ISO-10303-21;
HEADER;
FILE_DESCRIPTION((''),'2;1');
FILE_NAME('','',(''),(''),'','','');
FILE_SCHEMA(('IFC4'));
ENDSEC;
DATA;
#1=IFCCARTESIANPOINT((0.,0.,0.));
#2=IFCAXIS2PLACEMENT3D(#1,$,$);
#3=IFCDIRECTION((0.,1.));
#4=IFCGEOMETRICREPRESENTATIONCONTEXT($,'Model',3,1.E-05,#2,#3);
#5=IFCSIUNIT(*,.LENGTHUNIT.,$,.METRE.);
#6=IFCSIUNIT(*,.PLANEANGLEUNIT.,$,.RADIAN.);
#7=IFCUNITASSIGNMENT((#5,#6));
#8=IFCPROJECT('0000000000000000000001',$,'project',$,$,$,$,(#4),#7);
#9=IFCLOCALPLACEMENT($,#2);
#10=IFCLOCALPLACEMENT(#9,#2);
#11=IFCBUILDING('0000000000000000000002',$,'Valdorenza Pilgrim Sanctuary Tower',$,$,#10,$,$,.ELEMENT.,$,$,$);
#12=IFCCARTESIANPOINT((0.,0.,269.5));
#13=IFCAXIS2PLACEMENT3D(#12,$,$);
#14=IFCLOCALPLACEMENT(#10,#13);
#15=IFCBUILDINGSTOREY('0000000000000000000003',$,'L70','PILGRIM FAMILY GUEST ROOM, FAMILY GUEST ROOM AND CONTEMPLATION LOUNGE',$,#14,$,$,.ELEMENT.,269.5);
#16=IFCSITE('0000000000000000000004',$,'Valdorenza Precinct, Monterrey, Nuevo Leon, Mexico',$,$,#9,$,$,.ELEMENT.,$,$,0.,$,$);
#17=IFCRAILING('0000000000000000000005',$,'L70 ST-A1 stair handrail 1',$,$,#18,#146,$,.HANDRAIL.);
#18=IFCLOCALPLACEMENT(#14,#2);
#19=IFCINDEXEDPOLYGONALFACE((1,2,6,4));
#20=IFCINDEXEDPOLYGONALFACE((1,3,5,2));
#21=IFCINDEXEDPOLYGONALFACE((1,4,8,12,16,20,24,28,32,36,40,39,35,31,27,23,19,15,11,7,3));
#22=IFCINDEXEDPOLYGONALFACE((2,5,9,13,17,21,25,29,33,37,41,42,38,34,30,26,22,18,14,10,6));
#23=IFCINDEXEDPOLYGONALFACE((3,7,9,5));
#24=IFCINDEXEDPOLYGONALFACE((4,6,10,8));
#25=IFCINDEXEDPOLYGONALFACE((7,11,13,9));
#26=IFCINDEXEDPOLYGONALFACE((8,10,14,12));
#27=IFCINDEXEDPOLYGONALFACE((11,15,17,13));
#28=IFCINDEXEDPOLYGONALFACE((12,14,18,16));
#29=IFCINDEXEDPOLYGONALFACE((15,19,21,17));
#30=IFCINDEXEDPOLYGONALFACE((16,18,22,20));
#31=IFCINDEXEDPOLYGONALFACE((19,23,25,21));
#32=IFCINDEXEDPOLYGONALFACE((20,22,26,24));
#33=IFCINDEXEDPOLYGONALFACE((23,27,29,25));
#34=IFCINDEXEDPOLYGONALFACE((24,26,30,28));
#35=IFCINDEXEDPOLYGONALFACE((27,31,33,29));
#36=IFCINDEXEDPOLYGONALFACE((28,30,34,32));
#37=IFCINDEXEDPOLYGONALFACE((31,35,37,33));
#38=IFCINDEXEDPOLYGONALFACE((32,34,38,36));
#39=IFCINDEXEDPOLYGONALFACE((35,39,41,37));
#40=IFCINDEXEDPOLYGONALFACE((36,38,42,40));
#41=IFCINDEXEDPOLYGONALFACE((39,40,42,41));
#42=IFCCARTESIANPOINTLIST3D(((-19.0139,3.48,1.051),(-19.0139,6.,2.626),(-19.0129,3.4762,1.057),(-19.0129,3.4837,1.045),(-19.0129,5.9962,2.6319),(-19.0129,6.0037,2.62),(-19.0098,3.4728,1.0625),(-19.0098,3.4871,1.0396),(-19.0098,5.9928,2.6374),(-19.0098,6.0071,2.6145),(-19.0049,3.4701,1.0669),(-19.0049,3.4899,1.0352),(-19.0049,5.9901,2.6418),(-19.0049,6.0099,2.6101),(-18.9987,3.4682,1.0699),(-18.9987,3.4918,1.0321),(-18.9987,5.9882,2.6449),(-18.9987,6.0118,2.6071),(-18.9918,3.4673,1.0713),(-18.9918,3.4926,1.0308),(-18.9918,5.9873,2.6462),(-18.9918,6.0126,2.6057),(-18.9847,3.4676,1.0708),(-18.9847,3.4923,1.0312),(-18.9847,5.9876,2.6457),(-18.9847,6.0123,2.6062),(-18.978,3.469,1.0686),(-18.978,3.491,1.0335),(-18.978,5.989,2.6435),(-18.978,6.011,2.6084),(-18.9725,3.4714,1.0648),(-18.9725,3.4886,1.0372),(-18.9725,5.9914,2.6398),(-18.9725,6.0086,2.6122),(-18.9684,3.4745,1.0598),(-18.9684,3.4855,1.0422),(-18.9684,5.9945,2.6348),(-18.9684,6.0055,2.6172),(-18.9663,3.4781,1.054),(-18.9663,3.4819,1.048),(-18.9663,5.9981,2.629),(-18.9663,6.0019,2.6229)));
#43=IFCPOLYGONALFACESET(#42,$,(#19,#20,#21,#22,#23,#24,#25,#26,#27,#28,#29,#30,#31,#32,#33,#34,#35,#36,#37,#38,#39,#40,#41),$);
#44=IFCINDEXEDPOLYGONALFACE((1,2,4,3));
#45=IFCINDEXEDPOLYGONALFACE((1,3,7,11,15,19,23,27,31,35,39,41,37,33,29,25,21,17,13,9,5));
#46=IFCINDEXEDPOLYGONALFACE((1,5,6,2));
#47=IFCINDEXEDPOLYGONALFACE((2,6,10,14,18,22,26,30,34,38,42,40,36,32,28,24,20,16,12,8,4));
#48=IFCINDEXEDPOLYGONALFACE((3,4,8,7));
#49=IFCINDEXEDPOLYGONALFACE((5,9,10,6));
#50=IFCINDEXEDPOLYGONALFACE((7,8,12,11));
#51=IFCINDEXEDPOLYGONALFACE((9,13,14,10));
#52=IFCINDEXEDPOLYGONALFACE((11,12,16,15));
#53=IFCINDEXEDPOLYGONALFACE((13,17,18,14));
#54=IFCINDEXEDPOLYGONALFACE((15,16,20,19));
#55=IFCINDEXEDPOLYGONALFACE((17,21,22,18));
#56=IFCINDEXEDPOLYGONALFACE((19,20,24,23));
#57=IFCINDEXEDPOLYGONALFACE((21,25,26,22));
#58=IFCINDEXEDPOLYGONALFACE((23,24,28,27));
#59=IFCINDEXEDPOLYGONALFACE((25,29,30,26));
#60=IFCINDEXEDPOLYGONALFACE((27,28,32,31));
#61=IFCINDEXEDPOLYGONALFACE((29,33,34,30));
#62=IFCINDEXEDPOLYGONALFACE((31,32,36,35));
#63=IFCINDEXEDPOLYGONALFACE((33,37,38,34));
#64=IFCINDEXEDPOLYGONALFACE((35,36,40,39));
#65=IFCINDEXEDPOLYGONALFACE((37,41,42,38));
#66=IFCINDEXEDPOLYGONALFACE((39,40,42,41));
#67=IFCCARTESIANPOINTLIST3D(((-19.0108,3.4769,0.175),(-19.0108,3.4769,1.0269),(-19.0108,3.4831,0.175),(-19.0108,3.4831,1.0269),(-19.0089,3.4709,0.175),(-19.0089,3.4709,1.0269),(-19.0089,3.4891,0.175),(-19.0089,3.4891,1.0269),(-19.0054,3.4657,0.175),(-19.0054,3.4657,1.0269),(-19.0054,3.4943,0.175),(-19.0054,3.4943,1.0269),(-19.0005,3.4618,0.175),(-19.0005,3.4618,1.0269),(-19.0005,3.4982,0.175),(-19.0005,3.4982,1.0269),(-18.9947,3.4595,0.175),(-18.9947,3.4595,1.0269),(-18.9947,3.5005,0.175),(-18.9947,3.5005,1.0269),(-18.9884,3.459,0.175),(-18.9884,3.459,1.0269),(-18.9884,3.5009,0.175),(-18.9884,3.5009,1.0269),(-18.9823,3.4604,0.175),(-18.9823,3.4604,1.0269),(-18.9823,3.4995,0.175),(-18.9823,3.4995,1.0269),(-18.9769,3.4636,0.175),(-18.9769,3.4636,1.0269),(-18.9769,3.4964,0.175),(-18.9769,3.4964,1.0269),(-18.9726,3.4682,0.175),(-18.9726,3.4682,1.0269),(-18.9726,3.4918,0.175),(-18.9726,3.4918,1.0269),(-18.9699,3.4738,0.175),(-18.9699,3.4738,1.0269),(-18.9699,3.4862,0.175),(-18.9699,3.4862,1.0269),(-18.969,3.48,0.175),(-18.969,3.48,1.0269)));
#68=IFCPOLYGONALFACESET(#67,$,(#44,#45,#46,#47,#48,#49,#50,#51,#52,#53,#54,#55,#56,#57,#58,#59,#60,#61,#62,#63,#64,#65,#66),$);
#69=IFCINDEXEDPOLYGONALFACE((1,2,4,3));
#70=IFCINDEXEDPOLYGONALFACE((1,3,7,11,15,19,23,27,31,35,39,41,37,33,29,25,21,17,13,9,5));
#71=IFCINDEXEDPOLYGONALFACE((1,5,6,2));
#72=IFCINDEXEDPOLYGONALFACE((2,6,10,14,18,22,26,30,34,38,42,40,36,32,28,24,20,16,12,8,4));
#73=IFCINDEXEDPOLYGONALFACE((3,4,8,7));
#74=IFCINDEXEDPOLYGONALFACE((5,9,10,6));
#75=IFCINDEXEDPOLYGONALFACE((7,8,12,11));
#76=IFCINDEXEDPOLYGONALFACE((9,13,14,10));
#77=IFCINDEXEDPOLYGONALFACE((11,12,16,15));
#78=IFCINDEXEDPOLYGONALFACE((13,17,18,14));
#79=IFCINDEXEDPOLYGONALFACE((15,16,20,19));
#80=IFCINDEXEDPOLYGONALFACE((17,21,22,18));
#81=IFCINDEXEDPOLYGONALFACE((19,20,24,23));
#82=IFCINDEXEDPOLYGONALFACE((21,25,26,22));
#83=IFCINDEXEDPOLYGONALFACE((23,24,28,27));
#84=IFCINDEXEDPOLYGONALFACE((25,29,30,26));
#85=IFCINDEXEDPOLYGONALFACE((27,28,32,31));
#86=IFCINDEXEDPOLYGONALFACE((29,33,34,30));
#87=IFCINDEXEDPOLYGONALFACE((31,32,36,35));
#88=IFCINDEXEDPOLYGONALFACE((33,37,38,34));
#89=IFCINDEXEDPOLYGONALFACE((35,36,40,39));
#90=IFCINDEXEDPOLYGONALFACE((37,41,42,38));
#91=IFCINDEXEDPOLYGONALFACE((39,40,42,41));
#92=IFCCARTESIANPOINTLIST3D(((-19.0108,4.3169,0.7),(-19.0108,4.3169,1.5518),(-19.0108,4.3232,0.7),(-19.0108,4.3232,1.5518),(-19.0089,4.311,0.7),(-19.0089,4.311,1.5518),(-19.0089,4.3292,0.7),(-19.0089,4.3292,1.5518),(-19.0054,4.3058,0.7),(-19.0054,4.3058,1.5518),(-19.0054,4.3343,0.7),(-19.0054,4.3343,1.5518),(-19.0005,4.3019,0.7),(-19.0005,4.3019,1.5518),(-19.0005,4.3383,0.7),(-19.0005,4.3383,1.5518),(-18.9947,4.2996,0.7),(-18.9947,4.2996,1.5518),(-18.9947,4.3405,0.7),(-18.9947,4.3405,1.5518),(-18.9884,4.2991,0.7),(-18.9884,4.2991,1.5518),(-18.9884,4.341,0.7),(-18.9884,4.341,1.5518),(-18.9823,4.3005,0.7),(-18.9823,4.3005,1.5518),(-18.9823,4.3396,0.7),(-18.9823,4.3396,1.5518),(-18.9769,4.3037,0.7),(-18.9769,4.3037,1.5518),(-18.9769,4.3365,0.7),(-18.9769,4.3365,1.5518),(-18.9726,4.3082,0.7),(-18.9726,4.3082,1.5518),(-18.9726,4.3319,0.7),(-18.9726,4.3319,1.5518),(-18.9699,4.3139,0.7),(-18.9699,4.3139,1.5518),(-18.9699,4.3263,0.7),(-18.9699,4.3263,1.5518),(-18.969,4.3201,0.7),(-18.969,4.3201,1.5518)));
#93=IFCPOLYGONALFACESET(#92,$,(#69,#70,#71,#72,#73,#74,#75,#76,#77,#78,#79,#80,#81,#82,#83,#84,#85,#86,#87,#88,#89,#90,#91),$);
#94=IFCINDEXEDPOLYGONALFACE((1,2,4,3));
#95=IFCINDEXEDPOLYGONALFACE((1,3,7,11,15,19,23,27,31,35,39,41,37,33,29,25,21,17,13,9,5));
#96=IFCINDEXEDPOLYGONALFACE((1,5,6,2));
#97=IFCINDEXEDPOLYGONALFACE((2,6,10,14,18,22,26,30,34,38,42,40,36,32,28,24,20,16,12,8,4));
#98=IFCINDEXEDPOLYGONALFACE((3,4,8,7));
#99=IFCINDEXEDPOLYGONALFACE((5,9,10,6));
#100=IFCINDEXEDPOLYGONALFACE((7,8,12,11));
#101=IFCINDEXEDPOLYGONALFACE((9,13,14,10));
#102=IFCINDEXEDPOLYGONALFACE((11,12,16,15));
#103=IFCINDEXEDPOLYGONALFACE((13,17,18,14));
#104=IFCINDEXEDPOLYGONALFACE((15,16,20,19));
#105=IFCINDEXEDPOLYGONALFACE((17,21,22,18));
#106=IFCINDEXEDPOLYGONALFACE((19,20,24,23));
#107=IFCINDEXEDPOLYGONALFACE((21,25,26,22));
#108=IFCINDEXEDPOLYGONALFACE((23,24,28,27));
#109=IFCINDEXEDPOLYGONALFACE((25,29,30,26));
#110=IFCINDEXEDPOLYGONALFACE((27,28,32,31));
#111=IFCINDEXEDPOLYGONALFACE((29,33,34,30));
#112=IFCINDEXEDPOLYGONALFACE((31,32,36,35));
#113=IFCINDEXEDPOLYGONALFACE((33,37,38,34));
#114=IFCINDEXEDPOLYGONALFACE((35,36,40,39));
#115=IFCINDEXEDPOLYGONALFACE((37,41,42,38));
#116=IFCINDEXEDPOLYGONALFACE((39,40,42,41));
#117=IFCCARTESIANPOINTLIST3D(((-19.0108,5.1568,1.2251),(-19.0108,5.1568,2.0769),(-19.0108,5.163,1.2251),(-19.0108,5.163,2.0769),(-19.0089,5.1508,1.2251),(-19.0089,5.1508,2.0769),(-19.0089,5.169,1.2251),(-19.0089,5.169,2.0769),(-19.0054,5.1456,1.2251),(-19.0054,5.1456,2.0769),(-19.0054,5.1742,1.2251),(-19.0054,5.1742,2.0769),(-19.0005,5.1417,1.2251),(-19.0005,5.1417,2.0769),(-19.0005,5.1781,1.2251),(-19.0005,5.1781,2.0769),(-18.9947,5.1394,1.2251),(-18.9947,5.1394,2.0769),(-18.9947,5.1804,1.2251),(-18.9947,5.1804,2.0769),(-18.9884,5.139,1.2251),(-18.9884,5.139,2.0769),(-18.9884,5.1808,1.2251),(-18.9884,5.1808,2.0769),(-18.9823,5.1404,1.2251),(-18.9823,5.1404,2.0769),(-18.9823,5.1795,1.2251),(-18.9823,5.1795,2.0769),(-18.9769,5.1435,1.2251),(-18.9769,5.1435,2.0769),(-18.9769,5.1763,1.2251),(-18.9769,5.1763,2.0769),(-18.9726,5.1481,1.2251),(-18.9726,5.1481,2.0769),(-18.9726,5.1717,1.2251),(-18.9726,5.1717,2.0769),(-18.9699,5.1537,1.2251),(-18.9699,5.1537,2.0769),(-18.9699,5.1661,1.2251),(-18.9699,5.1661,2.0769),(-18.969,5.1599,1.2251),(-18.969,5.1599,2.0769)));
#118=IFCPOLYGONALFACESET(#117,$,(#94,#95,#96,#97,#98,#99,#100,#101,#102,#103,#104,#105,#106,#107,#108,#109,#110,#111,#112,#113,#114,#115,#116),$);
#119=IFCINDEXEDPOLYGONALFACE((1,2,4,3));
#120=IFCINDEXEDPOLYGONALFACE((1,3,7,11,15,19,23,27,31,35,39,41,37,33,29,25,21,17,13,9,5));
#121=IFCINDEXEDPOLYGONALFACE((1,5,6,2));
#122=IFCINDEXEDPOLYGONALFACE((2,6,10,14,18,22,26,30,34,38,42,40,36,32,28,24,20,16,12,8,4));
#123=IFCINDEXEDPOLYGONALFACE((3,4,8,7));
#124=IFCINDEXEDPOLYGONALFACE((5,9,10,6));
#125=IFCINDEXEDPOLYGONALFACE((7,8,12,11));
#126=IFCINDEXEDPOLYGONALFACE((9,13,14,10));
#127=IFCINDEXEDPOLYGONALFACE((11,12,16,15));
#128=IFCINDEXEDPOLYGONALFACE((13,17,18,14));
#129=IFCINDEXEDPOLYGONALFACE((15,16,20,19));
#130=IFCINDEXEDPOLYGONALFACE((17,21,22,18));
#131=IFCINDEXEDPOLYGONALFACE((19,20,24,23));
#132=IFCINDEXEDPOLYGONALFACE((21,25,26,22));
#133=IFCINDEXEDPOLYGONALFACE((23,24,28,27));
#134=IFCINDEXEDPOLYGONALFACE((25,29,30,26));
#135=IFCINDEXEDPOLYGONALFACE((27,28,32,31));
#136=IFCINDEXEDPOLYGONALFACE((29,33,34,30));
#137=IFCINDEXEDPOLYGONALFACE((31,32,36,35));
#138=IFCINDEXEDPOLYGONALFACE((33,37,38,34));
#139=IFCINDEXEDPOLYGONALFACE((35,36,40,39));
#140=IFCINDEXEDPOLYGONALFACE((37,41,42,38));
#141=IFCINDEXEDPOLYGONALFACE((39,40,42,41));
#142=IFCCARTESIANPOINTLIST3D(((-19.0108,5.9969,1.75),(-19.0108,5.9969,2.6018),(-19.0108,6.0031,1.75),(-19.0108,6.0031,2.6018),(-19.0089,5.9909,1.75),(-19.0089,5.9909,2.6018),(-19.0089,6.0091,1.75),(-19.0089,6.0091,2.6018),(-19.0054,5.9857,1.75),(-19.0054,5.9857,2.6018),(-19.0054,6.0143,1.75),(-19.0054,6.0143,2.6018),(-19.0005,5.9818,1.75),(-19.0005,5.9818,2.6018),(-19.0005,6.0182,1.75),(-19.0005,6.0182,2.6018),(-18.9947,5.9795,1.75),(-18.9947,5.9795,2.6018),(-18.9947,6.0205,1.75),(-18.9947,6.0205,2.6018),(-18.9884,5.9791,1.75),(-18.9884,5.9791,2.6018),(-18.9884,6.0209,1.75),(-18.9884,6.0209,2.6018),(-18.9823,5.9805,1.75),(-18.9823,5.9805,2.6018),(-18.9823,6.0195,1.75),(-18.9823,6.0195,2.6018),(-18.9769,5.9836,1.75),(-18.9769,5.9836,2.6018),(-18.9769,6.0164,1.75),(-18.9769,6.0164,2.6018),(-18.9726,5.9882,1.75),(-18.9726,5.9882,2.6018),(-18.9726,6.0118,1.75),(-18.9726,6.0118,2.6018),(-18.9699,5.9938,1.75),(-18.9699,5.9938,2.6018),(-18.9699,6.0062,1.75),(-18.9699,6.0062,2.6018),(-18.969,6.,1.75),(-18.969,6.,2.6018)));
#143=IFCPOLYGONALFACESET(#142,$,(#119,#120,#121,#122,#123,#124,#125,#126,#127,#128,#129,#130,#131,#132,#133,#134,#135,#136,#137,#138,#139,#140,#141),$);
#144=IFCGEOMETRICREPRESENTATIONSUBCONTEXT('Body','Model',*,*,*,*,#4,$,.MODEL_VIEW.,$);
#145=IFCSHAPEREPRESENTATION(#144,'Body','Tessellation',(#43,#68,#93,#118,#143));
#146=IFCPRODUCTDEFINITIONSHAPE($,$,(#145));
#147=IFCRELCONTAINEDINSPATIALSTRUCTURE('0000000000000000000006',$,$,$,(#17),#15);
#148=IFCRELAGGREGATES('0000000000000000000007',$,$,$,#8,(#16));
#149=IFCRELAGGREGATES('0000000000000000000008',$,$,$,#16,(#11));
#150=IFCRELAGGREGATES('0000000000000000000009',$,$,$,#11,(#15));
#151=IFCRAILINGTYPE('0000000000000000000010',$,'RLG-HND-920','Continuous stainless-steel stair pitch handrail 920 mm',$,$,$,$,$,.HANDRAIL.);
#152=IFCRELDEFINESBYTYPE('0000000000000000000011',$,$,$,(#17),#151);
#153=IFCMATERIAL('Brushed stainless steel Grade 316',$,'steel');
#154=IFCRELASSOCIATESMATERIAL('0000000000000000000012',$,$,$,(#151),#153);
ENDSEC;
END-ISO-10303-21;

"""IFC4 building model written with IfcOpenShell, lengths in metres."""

from ifc_helpers import new_model, si_unit, direction, frame, origin, origin_2d, place, context, subcontext, project, spatial, circle, extrude, material, type_object, element, save


model = new_model("IFC4")

# Units and contexts
model_context = context("Model", 3, precision=1e-05, world=origin(), true_north=direction((0.0, 1.0)))
body_context = subcontext(model_context, "Body", "Model", "MODEL_VIEW")
ifc_project = project(units=[si_unit("LENGTHUNIT", "METRE"), si_unit("PLANEANGLEUNIT", "RADIAN")], contexts=[model_context])

# Site, building, storey
site_placement = place(None, origin())
site = spatial("IfcSite", under=ifc_project, at=site_placement, Name="Valdorenza Precinct, Monterrey, Nuevo Leon, Mexico", CompositionType="ELEMENT", RefElevation=0.0)
building_placement = place(site_placement, origin())
building = spatial("IfcBuilding", under=site, at=building_placement, Name="Valdorenza Pilgrim Sanctuary Tower", CompositionType="ELEMENT")
storey_placement = place(building_placement, frame((0.0, 0.0, 269.5)))
storey = spatial("IfcBuildingStorey", under=building, at=storey_placement, Name="L70", Description="PILGRIM FAMILY GUEST ROOM, FAMILY GUEST ROOM AND CONTEMPLATION LOUNGE", CompositionType="ELEMENT", Elevation=269.5)

# Shared definitions
ifc_material_1 = material(Name="Brushed stainless steel Grade 316", Category="steel")

# Railing
railing_type_1 = type_object("IfcRailingType", Name="RLG-HND-920", Description="Continuous stainless-steel stair pitch handrail 920 mm", PredefinedType="HANDRAIL", material=ifc_material_1)
railing_1_placement = place(storey_placement, frame((-18.99, 3.48, 0.175)))
element("IfcRailing", 1, at=railing_1_placement, inside=storey, type_object=railing_type_1, Name="L70 ST-A1 stair handrail 1", PredefinedType="HANDRAIL", context=body_context, shape_type="SweptSolid", body=[
    extrude(circle(Radius=0.0239, at=origin_2d()), frame((0.0, 0.0, 0.876), z_axis=(0.0, 0.848008, 0.529984), x_axis=(-1.0, 0.0, 0.0)), (0.0, 0.0, 1.0), 2.9717),
    extrude(circle(Radius=0.021, at=origin_2d()), origin(), (0.0, 0.0, 1.0), 0.8518),
    extrude(circle(Radius=0.021, at=origin_2d()), frame((0.0, 0.8401, 0.5249)), (0.0, 0.0, 1.0), 0.8518),
    extrude(circle(Radius=0.021, at=origin_2d()), frame((0.0, 1.6799, 1.05)), (0.0, 0.0, 1.0), 0.8518),
    extrude(circle(Radius=0.021, at=origin_2d()), frame((0.0, 2.52, 1.575)), (0.0, 0.0, 1.0), 0.8518),
])

save(model, "model.ifc")
